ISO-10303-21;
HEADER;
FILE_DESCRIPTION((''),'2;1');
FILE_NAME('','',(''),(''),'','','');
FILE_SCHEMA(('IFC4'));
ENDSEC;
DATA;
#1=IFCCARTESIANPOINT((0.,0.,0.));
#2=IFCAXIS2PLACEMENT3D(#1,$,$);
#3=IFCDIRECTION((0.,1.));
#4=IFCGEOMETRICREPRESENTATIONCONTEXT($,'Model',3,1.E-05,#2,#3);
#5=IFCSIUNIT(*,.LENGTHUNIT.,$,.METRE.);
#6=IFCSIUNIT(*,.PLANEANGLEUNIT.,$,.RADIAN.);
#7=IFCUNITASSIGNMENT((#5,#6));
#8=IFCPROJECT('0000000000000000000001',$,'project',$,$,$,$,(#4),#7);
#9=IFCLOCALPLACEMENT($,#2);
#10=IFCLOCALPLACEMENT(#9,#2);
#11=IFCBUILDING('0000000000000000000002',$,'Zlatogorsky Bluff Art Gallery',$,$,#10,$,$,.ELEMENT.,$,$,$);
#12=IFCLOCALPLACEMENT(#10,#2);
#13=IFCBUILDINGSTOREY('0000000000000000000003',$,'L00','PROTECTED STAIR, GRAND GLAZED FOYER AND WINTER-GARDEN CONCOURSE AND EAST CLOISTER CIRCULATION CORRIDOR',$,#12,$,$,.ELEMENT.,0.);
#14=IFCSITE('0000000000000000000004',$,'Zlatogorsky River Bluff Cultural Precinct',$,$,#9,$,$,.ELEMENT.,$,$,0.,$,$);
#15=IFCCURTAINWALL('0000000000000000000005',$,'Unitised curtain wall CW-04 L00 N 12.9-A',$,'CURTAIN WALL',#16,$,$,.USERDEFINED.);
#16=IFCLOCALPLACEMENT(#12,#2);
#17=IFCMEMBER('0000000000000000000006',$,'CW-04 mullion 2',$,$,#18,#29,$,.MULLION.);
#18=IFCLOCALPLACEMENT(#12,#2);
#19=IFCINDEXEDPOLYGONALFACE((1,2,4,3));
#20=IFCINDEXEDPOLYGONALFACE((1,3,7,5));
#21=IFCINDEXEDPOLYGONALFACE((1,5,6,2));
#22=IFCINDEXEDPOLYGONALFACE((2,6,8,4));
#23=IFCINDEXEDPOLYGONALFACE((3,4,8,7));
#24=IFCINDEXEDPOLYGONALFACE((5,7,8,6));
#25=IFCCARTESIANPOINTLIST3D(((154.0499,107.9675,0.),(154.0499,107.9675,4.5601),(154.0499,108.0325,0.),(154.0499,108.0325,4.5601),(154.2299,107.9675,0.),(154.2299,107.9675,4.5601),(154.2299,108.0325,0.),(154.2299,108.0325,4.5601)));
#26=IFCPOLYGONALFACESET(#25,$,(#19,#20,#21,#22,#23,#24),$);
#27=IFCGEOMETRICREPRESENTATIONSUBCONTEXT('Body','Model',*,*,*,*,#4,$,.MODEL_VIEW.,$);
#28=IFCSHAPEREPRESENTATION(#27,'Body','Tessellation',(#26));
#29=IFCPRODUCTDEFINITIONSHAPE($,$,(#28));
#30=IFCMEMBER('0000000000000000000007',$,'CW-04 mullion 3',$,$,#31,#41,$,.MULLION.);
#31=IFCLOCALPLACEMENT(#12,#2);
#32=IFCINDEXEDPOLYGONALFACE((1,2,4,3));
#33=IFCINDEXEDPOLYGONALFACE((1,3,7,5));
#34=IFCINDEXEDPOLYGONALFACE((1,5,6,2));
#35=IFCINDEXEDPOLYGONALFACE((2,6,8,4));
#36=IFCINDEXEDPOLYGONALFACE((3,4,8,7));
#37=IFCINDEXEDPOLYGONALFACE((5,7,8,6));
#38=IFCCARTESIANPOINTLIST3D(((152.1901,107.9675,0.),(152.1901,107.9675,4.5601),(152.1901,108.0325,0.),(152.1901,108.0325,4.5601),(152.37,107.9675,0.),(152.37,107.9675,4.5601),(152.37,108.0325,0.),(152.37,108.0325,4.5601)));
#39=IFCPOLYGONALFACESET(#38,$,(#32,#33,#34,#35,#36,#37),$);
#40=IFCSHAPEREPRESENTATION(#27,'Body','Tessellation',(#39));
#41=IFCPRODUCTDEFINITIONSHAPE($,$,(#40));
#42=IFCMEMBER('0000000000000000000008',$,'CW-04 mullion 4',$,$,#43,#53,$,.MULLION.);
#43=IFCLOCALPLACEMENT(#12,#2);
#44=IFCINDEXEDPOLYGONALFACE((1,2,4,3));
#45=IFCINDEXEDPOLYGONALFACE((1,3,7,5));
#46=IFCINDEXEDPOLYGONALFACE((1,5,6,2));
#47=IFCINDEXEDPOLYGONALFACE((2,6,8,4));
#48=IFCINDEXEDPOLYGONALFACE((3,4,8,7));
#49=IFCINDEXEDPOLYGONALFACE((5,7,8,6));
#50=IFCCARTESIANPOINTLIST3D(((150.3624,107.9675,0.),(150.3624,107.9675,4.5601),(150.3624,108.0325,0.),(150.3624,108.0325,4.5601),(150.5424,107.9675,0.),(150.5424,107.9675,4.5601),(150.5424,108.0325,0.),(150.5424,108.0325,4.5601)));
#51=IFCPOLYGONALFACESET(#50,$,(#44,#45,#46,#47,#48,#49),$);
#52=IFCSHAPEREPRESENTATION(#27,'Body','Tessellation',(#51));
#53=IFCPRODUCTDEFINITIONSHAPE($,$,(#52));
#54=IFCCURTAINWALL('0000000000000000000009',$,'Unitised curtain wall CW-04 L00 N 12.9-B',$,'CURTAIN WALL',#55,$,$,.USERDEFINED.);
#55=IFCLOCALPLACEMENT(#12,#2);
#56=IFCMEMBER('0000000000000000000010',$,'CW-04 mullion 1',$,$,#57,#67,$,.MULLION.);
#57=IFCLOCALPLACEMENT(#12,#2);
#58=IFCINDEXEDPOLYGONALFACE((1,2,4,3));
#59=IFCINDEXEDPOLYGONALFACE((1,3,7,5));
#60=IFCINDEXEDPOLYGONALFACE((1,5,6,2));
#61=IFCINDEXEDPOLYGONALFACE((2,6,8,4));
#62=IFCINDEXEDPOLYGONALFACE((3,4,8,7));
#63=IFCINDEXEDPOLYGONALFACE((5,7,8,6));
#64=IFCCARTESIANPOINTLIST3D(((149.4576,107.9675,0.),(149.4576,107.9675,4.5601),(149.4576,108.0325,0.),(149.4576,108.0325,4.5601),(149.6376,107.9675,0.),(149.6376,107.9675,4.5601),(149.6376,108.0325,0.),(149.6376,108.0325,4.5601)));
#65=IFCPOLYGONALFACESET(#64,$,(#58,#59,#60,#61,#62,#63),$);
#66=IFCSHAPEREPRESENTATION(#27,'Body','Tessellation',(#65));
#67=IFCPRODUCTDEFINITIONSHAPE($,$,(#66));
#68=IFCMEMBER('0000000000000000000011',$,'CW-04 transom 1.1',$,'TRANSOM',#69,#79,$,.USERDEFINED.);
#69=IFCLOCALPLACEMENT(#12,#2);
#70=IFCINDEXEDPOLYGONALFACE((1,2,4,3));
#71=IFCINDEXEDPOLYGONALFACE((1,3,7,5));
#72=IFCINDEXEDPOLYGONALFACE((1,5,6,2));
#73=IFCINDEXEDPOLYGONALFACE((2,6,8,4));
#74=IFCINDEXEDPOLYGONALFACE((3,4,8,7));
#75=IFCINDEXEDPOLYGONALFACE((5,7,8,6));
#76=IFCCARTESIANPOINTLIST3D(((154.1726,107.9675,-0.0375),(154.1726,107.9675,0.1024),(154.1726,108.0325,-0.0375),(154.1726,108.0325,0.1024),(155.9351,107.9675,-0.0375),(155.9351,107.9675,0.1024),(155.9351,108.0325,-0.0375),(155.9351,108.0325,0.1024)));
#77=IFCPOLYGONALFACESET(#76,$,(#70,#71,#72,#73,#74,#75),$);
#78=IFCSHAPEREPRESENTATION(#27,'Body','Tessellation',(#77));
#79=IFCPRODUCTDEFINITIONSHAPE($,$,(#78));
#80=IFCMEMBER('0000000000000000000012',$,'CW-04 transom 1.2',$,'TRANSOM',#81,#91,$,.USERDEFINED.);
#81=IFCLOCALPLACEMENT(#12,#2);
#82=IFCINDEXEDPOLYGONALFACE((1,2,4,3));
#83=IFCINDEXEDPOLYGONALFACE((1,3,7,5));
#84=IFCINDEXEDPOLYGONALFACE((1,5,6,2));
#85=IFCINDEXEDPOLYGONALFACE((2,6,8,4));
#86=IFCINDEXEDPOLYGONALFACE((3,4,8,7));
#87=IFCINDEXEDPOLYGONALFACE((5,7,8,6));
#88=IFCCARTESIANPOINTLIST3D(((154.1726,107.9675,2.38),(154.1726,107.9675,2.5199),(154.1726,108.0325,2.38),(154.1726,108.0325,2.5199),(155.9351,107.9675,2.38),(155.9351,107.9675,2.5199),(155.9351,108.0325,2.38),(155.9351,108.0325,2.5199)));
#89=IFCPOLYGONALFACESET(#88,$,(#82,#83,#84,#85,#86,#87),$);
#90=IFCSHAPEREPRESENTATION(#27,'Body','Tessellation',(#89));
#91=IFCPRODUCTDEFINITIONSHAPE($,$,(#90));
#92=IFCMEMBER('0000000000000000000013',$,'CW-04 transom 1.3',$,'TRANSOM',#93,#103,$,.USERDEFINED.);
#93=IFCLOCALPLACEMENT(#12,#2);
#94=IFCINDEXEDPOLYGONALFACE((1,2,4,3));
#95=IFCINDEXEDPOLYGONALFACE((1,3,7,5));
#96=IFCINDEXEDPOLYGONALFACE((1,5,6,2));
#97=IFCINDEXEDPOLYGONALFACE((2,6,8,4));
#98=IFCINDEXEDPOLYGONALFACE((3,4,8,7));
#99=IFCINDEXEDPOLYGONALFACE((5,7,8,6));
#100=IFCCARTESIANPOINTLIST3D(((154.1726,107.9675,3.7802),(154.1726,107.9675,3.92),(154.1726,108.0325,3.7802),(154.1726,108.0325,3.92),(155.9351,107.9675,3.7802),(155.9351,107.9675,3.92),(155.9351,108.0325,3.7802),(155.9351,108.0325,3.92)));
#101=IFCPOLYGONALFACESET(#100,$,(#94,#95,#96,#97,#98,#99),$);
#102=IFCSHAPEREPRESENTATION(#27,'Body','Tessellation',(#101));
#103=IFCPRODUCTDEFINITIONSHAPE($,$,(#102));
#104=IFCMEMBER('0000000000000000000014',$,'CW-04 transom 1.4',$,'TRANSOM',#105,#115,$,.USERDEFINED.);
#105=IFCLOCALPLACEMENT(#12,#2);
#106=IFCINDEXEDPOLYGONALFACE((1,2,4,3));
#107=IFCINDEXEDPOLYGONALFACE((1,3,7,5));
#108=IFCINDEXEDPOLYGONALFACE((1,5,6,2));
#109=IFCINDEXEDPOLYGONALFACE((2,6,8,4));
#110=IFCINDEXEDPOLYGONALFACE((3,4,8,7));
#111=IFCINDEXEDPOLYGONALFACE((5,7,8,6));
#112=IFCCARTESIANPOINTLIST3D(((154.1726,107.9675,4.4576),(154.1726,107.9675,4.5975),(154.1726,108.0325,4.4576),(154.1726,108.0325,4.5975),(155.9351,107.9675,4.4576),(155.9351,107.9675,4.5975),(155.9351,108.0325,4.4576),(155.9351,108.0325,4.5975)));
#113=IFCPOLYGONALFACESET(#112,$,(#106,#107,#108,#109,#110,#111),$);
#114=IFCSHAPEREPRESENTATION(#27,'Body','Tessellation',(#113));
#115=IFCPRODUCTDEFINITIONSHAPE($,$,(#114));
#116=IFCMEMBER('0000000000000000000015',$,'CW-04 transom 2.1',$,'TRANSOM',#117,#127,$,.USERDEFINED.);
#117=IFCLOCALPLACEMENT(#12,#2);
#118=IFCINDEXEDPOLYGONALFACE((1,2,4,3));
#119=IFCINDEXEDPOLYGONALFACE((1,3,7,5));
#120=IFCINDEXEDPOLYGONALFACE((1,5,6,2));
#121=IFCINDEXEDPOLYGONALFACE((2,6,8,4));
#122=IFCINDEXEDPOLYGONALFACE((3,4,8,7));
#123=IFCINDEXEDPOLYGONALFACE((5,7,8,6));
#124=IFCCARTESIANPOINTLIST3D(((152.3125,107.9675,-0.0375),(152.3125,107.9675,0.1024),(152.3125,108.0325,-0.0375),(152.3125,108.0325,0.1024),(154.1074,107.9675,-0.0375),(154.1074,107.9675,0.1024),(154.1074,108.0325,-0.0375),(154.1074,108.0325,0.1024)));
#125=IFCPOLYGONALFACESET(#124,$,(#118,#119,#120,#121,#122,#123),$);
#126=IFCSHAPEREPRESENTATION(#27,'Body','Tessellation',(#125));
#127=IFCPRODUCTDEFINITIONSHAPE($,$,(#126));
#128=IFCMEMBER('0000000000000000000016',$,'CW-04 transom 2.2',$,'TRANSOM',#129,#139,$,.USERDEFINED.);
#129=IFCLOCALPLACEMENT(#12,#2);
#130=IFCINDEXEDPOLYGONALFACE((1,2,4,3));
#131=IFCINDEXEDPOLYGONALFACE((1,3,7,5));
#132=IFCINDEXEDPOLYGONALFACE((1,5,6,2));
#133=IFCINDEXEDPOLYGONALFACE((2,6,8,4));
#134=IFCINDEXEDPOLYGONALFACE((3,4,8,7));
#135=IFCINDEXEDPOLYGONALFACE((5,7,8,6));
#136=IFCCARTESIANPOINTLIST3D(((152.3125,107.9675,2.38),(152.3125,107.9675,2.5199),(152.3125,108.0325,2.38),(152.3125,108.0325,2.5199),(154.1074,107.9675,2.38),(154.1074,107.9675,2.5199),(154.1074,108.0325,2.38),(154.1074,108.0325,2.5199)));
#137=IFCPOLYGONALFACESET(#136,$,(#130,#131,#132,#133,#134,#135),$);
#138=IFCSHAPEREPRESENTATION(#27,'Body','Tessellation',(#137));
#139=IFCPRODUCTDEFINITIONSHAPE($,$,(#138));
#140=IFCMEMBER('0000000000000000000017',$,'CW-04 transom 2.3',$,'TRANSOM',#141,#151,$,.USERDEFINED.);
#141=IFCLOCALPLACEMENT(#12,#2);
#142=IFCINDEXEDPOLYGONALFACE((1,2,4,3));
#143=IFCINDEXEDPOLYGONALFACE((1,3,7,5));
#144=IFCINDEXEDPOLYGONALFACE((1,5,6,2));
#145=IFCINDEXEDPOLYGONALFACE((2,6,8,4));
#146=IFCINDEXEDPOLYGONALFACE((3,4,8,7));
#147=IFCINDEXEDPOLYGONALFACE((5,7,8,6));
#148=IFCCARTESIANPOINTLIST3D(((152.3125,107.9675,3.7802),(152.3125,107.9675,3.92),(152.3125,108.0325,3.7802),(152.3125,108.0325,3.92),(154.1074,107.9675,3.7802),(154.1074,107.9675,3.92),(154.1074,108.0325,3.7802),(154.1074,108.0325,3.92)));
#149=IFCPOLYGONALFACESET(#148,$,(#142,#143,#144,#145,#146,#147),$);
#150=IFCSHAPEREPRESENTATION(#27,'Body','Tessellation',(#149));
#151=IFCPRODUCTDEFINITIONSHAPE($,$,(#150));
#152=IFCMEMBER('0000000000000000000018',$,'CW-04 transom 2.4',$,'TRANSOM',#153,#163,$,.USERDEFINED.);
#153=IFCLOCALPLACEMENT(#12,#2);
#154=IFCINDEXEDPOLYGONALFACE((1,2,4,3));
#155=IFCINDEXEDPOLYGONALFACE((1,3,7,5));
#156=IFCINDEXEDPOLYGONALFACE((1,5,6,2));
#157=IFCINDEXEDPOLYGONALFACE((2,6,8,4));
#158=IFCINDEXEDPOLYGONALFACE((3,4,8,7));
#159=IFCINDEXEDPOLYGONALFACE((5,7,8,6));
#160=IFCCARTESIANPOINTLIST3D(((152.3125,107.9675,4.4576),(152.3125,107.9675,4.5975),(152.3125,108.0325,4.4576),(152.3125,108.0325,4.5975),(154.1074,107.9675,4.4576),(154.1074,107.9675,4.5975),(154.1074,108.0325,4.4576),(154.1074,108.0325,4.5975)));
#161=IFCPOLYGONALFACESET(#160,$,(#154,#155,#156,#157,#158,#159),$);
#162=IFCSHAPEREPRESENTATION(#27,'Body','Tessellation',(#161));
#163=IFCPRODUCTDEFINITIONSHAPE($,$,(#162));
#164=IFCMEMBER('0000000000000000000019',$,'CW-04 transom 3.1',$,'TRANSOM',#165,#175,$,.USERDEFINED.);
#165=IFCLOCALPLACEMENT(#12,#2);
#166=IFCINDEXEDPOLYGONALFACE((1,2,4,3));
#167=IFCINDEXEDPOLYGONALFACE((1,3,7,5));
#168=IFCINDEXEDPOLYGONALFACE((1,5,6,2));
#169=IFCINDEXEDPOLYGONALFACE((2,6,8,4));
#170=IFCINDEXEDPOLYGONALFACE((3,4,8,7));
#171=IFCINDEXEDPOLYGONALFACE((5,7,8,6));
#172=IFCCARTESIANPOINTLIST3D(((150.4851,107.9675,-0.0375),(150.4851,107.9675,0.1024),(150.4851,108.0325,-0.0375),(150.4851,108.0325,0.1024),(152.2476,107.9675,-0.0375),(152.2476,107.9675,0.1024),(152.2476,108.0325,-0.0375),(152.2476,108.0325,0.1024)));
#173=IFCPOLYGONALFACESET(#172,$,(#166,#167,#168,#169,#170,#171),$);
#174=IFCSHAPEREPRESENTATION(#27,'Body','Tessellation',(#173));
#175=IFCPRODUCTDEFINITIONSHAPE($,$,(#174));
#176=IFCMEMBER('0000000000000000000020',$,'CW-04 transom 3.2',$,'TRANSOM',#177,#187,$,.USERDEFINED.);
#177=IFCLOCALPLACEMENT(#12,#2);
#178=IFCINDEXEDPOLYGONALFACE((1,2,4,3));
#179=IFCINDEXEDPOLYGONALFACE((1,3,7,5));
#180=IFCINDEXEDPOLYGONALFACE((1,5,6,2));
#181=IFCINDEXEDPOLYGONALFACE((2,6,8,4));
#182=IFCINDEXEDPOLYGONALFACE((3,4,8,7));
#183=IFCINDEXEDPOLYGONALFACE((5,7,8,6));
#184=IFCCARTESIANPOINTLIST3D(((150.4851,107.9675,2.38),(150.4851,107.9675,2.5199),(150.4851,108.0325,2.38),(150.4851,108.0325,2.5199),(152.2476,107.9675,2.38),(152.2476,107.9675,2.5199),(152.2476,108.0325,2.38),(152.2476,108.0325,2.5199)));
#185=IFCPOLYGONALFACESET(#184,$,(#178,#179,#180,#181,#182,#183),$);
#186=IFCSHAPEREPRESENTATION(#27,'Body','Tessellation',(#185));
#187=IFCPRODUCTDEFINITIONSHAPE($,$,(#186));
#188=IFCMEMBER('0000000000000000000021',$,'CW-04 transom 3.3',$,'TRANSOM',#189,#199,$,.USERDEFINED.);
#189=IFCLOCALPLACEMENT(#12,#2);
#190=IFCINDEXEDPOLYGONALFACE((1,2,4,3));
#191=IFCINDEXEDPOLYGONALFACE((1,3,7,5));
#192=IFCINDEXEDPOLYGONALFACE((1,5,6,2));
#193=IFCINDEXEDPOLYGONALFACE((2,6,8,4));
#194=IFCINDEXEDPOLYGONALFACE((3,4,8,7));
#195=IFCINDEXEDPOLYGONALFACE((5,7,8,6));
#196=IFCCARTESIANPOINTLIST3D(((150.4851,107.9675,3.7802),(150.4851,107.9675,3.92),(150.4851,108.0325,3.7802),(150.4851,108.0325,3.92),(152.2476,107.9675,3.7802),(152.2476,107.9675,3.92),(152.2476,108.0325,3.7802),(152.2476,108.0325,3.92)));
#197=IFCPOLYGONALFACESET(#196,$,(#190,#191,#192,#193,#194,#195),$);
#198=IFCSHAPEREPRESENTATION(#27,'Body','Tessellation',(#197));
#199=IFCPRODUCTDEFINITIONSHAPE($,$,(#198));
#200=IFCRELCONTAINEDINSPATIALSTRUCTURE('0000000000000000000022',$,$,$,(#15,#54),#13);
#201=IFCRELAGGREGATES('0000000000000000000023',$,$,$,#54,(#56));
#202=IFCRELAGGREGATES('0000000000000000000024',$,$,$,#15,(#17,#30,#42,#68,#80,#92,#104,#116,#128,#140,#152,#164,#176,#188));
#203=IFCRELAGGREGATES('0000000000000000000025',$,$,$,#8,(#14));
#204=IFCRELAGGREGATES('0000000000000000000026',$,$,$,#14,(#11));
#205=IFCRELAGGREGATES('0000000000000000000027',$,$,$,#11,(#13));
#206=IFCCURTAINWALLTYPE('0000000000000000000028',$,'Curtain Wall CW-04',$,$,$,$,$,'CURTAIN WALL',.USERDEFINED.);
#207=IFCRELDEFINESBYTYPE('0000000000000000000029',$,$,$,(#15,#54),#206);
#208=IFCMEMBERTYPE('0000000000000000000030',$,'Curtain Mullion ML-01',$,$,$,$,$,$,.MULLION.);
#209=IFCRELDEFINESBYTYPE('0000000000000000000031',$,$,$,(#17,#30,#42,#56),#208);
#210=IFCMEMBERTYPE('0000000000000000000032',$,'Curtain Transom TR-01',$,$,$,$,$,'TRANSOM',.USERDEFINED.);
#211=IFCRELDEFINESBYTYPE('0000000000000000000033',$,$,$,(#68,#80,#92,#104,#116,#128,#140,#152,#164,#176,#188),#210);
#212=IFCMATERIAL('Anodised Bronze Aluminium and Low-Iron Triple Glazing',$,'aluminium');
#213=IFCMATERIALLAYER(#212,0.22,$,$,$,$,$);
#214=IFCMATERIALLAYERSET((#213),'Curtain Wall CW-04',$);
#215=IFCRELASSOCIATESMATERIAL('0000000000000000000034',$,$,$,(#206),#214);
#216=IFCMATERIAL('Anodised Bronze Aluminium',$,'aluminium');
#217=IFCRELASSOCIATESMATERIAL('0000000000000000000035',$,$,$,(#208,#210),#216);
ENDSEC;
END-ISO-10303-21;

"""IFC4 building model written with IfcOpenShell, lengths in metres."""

from ifc_helpers import new_model, si_unit, direction, frame, origin, origin_2d, place, context, subcontext, project, spatial, rectangle, extrude, material, layer, layer_set, material_profile, profile_set, type_object, element, aggregate, save


model = new_model("IFC4")

# Units and contexts
model_context = context("Model", 3, precision=1e-05, world=origin(), true_north=direction((0.0, 1.0)))
body_context = subcontext(model_context, "Body", "Model", "MODEL_VIEW")
ifc_project = project(units=[si_unit("LENGTHUNIT", "METRE"), si_unit("PLANEANGLEUNIT", "RADIAN")], contexts=[model_context])

# Site, building, storey
site_placement = place(None, origin())
site = spatial("IfcSite", under=ifc_project, at=site_placement, Name="Zlatogorsky River Bluff Cultural Precinct", CompositionType="ELEMENT", RefElevation=0.0)
building_placement = place(site_placement, origin())
building = spatial("IfcBuilding", under=site, at=building_placement, Name="Zlatogorsky Bluff Art Gallery", CompositionType="ELEMENT")
storey_placement = place(building_placement, origin())
storey = spatial("IfcBuildingStorey", under=building, at=storey_placement, Name="L00", Description="PROTECTED STAIR, GRAND GLAZED FOYER AND WINTER-GARDEN CONCOURSE AND EAST CLOISTER CIRCULATION CORRIDOR", CompositionType="ELEMENT", Elevation=0.0)

# Curtain wall, members
ifc_material_1 = material(Name="Anodised Bronze Aluminium and Low-Iron Triple Glazing", Category="aluminium")
ifc_layer_1 = layer(ifc_material_1, 0.22)
ifc_layer_set_1 = layer_set([ifc_layer_1], Name="Curtain Wall CW-04")
curtain_wall_type = type_object("IfcCurtainWallType", Name="Curtain Wall CW-04", ElementType="CURTAIN WALL", PredefinedType="USERDEFINED", material=ifc_layer_set_1)
curtain_wall_1_placement = place(storey_placement, origin())
curtain_wall_1 = element("IfcCurtainWall", 1, at=curtain_wall_1_placement, inside=storey, type_object=curtain_wall_type, Name="Unitised curtain wall CW-04 L00 N 12.9-A", ObjectType="CURTAIN WALL", PredefinedType="USERDEFINED")
ifc_material_2 = material(Name="Anodised Bronze Aluminium", Category="aluminium")
ifc_material_profile_1 = material_profile(ifc_material_2, rectangle(XDim=0.0649, YDim=0.1799, at=origin_2d()), Name="ALU MULLION 65x180")
ifc_profile_set_1 = profile_set([ifc_material_profile_1], Name="Anodised Bronze Aluminium")
member_type_1 = type_object("IfcMemberType", Name="Curtain Mullion ML-01", PredefinedType="MULLION", material=ifc_profile_set_1)
member_1_placement = place(storey_placement, frame((154.1399, 108.0, 0.0), z_axis=(0.0, 0.0, 1.0), x_axis=(0.0, -1.0, 0.0)))
member_1 = element("IfcMember", 2, at=member_1_placement, type_object=member_type_1, Name="CW-04 mullion 2", PredefinedType="MULLION", context=body_context, shape_type="SweptSolid", body=[
    extrude(rectangle(XDim=0.0649, YDim=0.1799, at=origin_2d()), origin(), (0.0, 0.0, 1.0), 4.5601),
])
member_2_placement = place(storey_placement, frame((152.28, 108.0, 0.0), z_axis=(0.0, 0.0, 1.0), x_axis=(0.0, -1.0, 0.0)))
member_2 = element("IfcMember", 3, at=member_2_placement, type_object=member_type_1, Name="CW-04 mullion 3", PredefinedType="MULLION", context=body_context, shape_type="SweptSolid", body=[
    extrude(rectangle(XDim=0.0649, YDim=0.1799, at=origin_2d()), origin(), (0.0, 0.0, 1.0), 4.5601),
])
member_3_placement = place(storey_placement, frame((150.4524, 108.0, 0.0), z_axis=(0.0, 0.0, 1.0), x_axis=(0.0, -1.0, 0.0)))
member_3 = element("IfcMember", 4, at=member_3_placement, type_object=member_type_1, Name="CW-04 mullion 4", PredefinedType="MULLION", context=body_context, shape_type="SweptSolid", body=[
    extrude(rectangle(XDim=0.0649, YDim=0.1799, at=origin_2d()), origin(), (0.0, 0.0, 1.0), 4.5601),
])

# Curtain wall, member
curtain_wall_2_placement = place(storey_placement, origin())
curtain_wall_2 = element("IfcCurtainWall", 5, at=curtain_wall_2_placement, inside=storey, type_object=curtain_wall_type, Name="Unitised curtain wall CW-04 L00 N 12.9-B", ObjectType="CURTAIN WALL", PredefinedType="USERDEFINED")
member_4_placement = place(storey_placement, frame((149.5476, 108.0, 0.0), z_axis=(0.0, 0.0, 1.0), x_axis=(0.0, -1.0, 0.0)))
member_4 = element("IfcMember", 6, at=member_4_placement, type_object=member_type_1, Name="CW-04 mullion 1", PredefinedType="MULLION", context=body_context, shape_type="SweptSolid", body=[
    extrude(rectangle(XDim=0.0649, YDim=0.1799, at=origin_2d()), origin(), (0.0, 0.0, 1.0), 4.5601),
])

# Members
ifc_material_profile_2 = material_profile(ifc_material_2, rectangle(XDim=0.0649, YDim=0.1399, at=origin_2d()), Name="ALU TRANSOM 65x140")
ifc_profile_set_2 = profile_set([ifc_material_profile_2], Name="Anodised Bronze Aluminium")
member_type_2 = type_object("IfcMemberType", Name="Curtain Transom TR-01", ElementType="TRANSOM", PredefinedType="USERDEFINED", material=ifc_profile_set_2)
member_5_placement = place(storey_placement, frame((155.9351, 108.0, 0.0325), z_axis=(-1.0, 0.0, 0.0), x_axis=(0.0, -1.0, 0.0)))
member_5 = element("IfcMember", 7, at=member_5_placement, type_object=member_type_2, Name="CW-04 transom 1.1", ObjectType="TRANSOM", PredefinedType="USERDEFINED", context=body_context, shape_type="SweptSolid", body=[
    extrude(rectangle(XDim=0.0649, YDim=0.1399, at=origin_2d()), origin(), (0.0, 0.0, 1.0), 1.7625),
])
member_6_placement = place(storey_placement, frame((155.9351, 108.0, 2.45), z_axis=(-1.0, 0.0, 0.0), x_axis=(0.0, -1.0, 0.0)))
member_6 = element("IfcMember", 8, at=member_6_placement, type_object=member_type_2, Name="CW-04 transom 1.2", ObjectType="TRANSOM", PredefinedType="USERDEFINED", context=body_context, shape_type="SweptSolid", body=[
    extrude(rectangle(XDim=0.0649, YDim=0.1399, at=origin_2d()), origin(), (0.0, 0.0, 1.0), 1.7625),
])
member_7_placement = place(storey_placement, frame((155.9351, 108.0, 3.8501), z_axis=(-1.0, 0.0, 0.0), x_axis=(0.0, -1.0, 0.0)))
member_7 = element("IfcMember", 9, at=member_7_placement, type_object=member_type_2, Name="CW-04 transom 1.3", ObjectType="TRANSOM", PredefinedType="USERDEFINED", context=body_context, shape_type="SweptSolid", body=[
    extrude(rectangle(XDim=0.0649, YDim=0.1399, at=origin_2d()), origin(), (0.0, 0.0, 1.0), 1.7625),
])
member_8_placement = place(storey_placement, frame((155.9351, 108.0, 4.5276), z_axis=(-1.0, 0.0, 0.0), x_axis=(0.0, -1.0, 0.0)))
member_8 = element("IfcMember", 10, at=member_8_placement, type_object=member_type_2, Name="CW-04 transom 1.4", ObjectType="TRANSOM", PredefinedType="USERDEFINED", context=body_context, shape_type="SweptSolid", body=[
    extrude(rectangle(XDim=0.0649, YDim=0.1399, at=origin_2d()), origin(), (0.0, 0.0, 1.0), 1.7625),
])
member_9_placement = place(storey_placement, frame((154.1074, 108.0, 0.0325), z_axis=(-1.0, 0.0, 0.0), x_axis=(0.0, -1.0, 0.0)))
member_9 = element("IfcMember", 11, at=member_9_placement, type_object=member_type_2, Name="CW-04 transom 2.1", ObjectType="TRANSOM", PredefinedType="USERDEFINED", context=body_context, shape_type="SweptSolid", body=[
    extrude(rectangle(XDim=0.0649, YDim=0.1399, at=origin_2d()), origin(), (0.0, 0.0, 1.0), 1.7949),
])
member_10_placement = place(storey_placement, frame((154.1074, 108.0, 2.45), z_axis=(-1.0, 0.0, 0.0), x_axis=(0.0, -1.0, 0.0)))
member_10 = element("IfcMember", 12, at=member_10_placement, type_object=member_type_2, Name="CW-04 transom 2.2", ObjectType="TRANSOM", PredefinedType="USERDEFINED", context=body_context, shape_type="SweptSolid", body=[
    extrude(rectangle(XDim=0.0649, YDim=0.1399, at=origin_2d()), origin(), (0.0, 0.0, 1.0), 1.7949),
])
member_11_placement = place(storey_placement, frame((154.1074, 108.0, 3.8501), z_axis=(-1.0, 0.0, 0.0), x_axis=(0.0, -1.0, 0.0)))
member_11 = element("IfcMember", 13, at=member_11_placement, type_object=member_type_2, Name="CW-04 transom 2.3", ObjectType="TRANSOM", PredefinedType="USERDEFINED", context=body_context, shape_type="SweptSolid", body=[
    extrude(rectangle(XDim=0.0649, YDim=0.1399, at=origin_2d()), origin(), (0.0, 0.0, 1.0), 1.7949),
])
member_12_placement = place(storey_placement, frame((154.1074, 108.0, 4.5276), z_axis=(-1.0, 0.0, 0.0), x_axis=(0.0, -1.0, 0.0)))
member_12 = element("IfcMember", 14, at=member_12_placement, type_object=member_type_2, Name="CW-04 transom 2.4", ObjectType="TRANSOM", PredefinedType="USERDEFINED", context=body_context, shape_type="SweptSolid", body=[
    extrude(rectangle(XDim=0.0649, YDim=0.1399, at=origin_2d()), origin(), (0.0, 0.0, 1.0), 1.7949),
])
member_13_placement = place(storey_placement, frame((152.2476, 108.0, 0.0325), z_axis=(-1.0, 0.0, 0.0), x_axis=(0.0, -1.0, 0.0)))
member_13 = element("IfcMember", 15, at=member_13_placement, type_object=member_type_2, Name="CW-04 transom 3.1", ObjectType="TRANSOM", PredefinedType="USERDEFINED", context=body_context, shape_type="SweptSolid", body=[
    extrude(rectangle(XDim=0.0649, YDim=0.1399, at=origin_2d()), origin(), (0.0, 0.0, 1.0), 1.7625),
])
member_14_placement = place(storey_placement, frame((152.2476, 108.0, 2.45), z_axis=(-1.0, 0.0, 0.0), x_axis=(0.0, -1.0, 0.0)))
member_14 = element("IfcMember", 16, at=member_14_placement, type_object=member_type_2, Name="CW-04 transom 3.2", ObjectType="TRANSOM", PredefinedType="USERDEFINED", context=body_context, shape_type="SweptSolid", body=[
    extrude(rectangle(XDim=0.0649, YDim=0.1399, at=origin_2d()), origin(), (0.0, 0.0, 1.0), 1.7625),
])
member_15_placement = place(storey_placement, frame((152.2476, 108.0, 3.8501), z_axis=(-1.0, 0.0, 0.0), x_axis=(0.0, -1.0, 0.0)))
member_15 = element("IfcMember", 17, at=member_15_placement, type_object=member_type_2, Name="CW-04 transom 3.3", ObjectType="TRANSOM", PredefinedType="USERDEFINED", context=body_context, shape_type="SweptSolid", body=[
    extrude(rectangle(XDim=0.0649, YDim=0.1399, at=origin_2d()), origin(), (0.0, 0.0, 1.0), 1.7625),
])
aggregate(curtain_wall_2, [member_4])

aggregate(curtain_wall_1, [member_1, member_2, member_3, member_5, member_6, member_7, member_8, member_9, member_10, member_11, member_12, member_13, member_14, member_15])

save(model, "model.ifc")
